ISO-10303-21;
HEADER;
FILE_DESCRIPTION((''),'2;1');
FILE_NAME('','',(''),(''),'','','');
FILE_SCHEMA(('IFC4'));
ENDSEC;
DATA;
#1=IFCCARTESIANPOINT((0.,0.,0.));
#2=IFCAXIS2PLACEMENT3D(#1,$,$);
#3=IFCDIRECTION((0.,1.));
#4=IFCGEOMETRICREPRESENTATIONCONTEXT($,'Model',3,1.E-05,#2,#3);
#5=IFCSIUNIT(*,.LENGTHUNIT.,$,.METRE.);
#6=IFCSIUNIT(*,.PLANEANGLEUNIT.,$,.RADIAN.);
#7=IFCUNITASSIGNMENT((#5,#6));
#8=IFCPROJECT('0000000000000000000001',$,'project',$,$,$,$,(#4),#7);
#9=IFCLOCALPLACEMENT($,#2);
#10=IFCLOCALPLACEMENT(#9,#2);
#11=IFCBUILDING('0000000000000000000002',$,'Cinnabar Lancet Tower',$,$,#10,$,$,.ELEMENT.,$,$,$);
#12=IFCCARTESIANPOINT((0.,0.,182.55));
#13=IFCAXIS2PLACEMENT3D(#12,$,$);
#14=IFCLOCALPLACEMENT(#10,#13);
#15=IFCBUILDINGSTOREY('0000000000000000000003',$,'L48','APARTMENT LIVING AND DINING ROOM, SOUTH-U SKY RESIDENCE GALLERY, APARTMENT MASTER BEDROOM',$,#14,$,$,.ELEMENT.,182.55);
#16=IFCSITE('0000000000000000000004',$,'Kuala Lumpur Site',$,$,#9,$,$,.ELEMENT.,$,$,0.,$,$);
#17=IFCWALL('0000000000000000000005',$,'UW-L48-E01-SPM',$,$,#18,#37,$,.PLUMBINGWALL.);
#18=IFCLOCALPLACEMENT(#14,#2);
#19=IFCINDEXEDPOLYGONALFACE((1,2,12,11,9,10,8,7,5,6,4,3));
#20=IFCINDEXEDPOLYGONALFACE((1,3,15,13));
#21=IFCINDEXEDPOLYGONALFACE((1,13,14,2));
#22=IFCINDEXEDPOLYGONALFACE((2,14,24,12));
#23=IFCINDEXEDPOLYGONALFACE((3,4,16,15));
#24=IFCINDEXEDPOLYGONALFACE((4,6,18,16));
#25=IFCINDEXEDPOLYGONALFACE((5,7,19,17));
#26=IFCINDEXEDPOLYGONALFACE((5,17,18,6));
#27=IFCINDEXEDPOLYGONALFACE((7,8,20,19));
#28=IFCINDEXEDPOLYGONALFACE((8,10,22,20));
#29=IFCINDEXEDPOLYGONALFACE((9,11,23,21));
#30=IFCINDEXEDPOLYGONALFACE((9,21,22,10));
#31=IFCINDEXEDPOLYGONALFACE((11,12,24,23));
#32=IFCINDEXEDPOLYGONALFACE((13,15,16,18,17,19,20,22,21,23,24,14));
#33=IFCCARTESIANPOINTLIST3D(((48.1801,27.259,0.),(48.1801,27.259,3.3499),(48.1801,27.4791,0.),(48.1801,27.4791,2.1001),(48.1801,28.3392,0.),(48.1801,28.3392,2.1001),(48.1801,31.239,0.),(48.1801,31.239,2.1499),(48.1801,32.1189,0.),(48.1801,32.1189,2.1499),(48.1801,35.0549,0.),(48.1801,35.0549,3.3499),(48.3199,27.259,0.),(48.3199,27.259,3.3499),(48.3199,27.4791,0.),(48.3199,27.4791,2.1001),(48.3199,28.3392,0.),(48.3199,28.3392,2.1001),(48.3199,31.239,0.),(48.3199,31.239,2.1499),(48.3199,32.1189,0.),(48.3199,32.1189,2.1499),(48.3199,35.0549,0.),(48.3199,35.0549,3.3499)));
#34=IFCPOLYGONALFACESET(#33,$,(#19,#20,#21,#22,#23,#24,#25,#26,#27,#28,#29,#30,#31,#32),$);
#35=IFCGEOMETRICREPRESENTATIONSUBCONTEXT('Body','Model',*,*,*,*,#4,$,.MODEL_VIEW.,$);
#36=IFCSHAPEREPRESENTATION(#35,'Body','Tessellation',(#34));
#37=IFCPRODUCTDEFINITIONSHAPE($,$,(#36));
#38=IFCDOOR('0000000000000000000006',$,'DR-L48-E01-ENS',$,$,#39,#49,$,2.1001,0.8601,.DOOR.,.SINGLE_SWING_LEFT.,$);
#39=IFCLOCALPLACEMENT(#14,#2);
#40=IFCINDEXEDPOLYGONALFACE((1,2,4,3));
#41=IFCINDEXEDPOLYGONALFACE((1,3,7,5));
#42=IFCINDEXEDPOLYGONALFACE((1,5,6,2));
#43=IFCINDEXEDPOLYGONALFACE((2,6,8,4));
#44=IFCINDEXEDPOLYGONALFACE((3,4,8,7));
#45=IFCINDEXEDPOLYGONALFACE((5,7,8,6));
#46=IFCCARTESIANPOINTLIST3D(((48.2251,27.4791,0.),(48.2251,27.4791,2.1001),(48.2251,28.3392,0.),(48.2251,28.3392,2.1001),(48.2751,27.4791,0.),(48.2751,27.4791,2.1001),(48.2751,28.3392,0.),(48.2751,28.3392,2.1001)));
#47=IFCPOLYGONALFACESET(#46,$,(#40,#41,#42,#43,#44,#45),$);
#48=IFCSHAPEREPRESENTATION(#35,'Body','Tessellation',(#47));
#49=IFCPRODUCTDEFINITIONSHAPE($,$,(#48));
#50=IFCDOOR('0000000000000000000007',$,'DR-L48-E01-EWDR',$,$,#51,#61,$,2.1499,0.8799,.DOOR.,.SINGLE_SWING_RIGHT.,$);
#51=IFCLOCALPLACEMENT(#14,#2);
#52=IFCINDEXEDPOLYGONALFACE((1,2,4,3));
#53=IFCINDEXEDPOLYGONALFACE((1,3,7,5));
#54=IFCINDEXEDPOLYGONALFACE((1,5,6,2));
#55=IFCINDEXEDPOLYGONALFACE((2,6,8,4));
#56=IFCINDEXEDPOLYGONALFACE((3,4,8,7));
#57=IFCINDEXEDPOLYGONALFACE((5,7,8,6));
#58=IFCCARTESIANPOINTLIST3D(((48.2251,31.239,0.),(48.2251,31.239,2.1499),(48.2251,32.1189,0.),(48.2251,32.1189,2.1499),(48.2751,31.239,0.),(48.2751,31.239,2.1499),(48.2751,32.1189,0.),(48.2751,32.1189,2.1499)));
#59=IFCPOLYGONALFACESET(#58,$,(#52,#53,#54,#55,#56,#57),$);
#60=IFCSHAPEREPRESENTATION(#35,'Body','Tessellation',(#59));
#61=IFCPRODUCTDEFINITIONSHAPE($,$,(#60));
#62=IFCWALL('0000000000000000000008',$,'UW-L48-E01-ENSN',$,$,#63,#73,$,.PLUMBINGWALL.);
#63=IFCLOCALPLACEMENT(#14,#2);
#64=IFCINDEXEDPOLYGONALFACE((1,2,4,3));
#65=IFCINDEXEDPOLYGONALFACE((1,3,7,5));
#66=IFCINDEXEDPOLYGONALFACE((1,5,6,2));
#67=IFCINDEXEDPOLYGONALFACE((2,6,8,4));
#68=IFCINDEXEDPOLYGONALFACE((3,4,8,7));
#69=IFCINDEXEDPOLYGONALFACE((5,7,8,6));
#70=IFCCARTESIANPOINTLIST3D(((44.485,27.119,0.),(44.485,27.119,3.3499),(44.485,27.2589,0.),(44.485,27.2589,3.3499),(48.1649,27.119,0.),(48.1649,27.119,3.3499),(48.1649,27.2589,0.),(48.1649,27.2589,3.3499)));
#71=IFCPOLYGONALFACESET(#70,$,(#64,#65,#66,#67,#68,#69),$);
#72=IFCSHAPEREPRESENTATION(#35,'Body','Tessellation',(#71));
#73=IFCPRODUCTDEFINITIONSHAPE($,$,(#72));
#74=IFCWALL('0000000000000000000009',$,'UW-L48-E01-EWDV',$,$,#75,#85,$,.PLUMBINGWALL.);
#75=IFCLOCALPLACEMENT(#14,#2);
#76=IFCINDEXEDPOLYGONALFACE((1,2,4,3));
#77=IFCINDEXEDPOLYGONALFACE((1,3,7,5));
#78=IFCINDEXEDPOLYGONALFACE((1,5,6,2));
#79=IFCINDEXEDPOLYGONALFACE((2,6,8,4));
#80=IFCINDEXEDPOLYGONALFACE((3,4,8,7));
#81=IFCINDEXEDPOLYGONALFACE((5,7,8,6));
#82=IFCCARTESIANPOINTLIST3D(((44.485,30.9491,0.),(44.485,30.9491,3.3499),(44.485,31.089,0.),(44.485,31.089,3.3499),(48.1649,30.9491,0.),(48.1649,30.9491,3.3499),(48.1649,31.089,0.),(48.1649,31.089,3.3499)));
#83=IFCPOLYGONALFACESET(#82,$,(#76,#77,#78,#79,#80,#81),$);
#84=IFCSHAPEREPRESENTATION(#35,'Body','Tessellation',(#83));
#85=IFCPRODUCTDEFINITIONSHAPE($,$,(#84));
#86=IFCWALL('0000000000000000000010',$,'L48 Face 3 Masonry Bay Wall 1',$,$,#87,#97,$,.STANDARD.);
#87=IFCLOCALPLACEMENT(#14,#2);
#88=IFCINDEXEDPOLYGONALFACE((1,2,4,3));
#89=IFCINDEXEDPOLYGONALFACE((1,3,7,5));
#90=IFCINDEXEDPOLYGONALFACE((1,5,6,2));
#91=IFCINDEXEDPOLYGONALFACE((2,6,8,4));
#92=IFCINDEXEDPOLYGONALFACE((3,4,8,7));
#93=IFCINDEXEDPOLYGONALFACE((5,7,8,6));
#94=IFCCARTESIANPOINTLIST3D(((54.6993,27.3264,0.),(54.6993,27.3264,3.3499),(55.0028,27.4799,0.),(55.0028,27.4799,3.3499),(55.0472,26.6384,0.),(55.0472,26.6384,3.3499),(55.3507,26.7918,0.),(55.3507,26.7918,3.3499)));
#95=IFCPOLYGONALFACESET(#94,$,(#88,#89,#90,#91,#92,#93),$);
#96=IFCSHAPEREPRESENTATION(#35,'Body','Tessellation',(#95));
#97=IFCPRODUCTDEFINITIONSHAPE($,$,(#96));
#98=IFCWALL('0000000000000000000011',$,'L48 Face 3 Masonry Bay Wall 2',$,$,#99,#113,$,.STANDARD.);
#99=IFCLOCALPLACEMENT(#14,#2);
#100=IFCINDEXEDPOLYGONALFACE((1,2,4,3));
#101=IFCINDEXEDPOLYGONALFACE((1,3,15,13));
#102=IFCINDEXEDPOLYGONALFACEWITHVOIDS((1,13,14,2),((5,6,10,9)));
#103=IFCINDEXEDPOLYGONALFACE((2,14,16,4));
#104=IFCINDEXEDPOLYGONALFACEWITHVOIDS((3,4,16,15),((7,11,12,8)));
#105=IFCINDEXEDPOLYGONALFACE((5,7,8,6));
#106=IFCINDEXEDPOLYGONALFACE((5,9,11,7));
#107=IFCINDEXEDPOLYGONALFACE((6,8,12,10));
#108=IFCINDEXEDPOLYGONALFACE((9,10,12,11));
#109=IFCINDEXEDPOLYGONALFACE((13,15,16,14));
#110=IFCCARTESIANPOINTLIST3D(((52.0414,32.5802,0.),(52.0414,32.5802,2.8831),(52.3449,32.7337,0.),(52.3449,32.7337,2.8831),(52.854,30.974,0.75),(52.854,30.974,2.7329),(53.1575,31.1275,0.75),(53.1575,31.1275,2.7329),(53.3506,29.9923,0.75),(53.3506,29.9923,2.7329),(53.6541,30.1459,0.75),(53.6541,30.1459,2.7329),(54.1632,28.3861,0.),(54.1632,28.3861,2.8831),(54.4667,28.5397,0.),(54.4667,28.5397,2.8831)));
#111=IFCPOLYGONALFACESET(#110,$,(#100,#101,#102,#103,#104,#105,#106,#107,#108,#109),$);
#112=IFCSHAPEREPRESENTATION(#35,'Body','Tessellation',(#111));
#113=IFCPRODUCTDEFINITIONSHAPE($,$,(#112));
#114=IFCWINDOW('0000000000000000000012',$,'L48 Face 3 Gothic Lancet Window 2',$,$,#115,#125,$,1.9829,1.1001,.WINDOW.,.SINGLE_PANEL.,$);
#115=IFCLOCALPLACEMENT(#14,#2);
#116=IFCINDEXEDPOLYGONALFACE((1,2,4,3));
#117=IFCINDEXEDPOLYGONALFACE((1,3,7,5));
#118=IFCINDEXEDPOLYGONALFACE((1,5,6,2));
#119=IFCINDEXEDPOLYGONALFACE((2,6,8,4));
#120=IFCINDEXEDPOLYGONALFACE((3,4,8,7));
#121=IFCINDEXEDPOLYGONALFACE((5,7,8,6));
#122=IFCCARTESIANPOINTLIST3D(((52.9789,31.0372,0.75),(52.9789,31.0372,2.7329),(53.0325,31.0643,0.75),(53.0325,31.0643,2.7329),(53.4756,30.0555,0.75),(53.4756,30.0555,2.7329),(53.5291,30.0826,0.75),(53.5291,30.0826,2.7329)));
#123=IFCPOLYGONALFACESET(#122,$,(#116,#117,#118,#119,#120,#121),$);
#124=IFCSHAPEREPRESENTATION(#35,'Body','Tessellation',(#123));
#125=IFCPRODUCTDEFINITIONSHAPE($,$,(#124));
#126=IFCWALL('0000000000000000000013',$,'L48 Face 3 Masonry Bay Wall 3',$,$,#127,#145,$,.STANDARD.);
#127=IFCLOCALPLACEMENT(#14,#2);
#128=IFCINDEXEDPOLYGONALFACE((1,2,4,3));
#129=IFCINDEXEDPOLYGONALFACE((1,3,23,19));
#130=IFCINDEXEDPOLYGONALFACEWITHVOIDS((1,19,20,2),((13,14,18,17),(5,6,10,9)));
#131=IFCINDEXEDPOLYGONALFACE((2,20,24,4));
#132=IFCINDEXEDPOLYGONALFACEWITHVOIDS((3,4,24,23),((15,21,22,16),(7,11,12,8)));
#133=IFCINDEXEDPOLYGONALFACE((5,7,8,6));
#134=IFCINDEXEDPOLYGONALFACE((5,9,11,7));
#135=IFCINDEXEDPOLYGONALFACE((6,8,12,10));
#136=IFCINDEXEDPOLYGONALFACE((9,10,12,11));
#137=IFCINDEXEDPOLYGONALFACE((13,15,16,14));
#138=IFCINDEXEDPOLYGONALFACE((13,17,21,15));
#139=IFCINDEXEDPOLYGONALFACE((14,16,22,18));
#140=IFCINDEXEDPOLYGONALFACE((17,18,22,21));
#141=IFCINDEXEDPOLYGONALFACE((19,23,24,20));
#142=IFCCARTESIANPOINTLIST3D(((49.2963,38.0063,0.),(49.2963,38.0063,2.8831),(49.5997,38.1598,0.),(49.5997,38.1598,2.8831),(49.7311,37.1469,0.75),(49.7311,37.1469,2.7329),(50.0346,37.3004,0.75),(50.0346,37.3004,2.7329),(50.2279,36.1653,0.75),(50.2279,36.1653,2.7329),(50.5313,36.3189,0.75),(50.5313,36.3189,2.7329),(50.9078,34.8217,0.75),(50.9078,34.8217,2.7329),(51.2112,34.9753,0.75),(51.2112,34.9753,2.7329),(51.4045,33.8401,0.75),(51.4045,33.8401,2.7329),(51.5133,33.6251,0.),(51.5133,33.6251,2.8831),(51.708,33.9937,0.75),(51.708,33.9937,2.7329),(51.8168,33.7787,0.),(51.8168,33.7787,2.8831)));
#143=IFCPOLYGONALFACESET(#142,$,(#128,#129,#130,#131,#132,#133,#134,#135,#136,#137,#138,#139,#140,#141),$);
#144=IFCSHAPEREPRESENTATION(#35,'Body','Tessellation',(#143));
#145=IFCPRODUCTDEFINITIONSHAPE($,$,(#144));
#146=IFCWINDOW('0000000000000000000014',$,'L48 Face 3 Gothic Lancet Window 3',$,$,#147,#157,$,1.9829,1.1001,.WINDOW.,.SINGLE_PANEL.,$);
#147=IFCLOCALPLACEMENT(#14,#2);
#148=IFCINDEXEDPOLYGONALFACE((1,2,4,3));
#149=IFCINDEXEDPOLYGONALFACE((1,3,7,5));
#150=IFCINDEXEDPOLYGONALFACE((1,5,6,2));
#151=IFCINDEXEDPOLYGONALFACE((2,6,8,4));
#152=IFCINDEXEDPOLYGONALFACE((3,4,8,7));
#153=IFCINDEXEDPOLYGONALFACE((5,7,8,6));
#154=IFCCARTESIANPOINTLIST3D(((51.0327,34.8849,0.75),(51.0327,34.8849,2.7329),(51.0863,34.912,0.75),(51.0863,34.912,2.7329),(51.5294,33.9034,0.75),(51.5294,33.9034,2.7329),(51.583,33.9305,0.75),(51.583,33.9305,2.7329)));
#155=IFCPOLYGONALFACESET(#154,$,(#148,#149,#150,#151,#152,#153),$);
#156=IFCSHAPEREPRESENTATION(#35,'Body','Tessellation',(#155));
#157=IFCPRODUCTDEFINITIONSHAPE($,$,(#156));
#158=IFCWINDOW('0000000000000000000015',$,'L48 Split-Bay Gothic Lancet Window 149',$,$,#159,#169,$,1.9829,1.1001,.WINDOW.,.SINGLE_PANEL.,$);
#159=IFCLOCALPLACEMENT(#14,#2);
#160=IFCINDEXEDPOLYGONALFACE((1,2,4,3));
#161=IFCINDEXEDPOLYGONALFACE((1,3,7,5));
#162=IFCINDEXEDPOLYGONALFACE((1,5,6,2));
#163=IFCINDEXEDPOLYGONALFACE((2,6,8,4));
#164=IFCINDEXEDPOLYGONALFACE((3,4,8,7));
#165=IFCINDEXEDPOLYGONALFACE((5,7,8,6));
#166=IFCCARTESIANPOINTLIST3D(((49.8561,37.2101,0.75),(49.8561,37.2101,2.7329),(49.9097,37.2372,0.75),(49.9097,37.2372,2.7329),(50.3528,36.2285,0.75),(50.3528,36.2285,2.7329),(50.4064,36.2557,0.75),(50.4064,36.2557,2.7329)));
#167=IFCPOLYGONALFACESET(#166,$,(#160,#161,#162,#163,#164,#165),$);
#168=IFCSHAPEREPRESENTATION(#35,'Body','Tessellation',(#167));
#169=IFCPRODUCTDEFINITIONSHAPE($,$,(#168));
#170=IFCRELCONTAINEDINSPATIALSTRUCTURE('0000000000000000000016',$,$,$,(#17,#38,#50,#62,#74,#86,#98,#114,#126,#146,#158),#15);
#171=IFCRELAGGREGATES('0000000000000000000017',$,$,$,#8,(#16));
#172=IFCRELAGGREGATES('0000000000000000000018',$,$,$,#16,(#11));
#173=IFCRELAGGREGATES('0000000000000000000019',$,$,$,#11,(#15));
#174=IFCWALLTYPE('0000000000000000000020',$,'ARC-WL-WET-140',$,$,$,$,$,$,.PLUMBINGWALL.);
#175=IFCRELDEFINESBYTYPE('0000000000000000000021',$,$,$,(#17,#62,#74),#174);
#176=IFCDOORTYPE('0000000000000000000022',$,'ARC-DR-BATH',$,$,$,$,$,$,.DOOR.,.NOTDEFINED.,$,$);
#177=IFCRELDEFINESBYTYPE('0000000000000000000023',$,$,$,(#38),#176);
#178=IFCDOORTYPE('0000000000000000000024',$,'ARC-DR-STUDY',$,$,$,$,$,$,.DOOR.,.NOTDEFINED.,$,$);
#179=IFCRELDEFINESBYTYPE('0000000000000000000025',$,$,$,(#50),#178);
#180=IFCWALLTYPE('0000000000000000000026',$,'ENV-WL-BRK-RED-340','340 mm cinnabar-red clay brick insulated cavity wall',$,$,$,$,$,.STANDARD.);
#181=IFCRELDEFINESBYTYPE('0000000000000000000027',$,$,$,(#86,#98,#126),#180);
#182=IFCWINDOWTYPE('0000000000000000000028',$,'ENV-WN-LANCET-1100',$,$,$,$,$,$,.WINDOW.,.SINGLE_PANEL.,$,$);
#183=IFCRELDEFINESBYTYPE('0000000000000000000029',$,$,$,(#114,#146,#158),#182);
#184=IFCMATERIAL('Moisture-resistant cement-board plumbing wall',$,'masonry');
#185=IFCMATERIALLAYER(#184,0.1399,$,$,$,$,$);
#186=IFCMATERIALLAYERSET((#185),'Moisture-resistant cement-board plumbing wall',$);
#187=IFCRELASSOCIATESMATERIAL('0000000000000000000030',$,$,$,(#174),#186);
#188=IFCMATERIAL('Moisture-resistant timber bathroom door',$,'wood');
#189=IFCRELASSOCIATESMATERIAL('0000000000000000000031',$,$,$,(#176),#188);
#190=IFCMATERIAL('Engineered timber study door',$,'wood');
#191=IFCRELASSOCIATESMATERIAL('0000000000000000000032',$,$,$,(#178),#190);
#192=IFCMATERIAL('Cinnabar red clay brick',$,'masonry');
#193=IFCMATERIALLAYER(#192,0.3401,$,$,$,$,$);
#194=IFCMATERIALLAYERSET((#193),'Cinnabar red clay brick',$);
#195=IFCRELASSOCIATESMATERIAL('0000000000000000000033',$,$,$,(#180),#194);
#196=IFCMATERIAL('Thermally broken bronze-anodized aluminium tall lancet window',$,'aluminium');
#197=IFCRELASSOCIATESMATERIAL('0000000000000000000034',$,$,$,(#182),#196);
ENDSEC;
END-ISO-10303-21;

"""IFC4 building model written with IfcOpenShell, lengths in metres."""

from ifc_helpers import new_model, si_unit, direction, frame, frame_2d, origin, place, context, subcontext, project, spatial, rectangle, extrude, material, layer, layer_set, type_object, element, fill, save


model = new_model("IFC4")

# Units and contexts
model_context = context("Model", 3, precision=1e-05, world=origin(), true_north=direction((0.0, 1.0)))
body_context = subcontext(model_context, "Body", "Model", "MODEL_VIEW")
ifc_project = project(units=[si_unit("LENGTHUNIT", "METRE"), si_unit("PLANEANGLEUNIT", "RADIAN")], contexts=[model_context])

# Site, building, storey
site_placement = place(None, origin())
site = spatial("IfcSite", under=ifc_project, at=site_placement, Name="Kuala Lumpur Site", CompositionType="ELEMENT", RefElevation=0.0)
building_placement = place(site_placement, origin())
building = spatial("IfcBuilding", under=site, at=building_placement, Name="Cinnabar Lancet Tower", CompositionType="ELEMENT")
storey_placement = place(building_placement, frame((0.0, 0.0, 182.55)))
storey = spatial("IfcBuildingStorey", under=building, at=storey_placement, Name="L48", Description="APARTMENT LIVING AND DINING ROOM, SOUTH-U SKY RESIDENCE GALLERY, APARTMENT MASTER BEDROOM", CompositionType="ELEMENT", Elevation=182.55)

# Wall, openings, doors
ifc_material_1 = material(Name="Moisture-resistant cement-board plumbing wall", Category="masonry")
ifc_layer_1 = layer(ifc_material_1, 0.1399)
ifc_layer_set_1 = layer_set([ifc_layer_1], Name="Moisture-resistant cement-board plumbing wall")
wall_type_1 = type_object("IfcWallType", Name="ARC-WL-WET-140", PredefinedType="PLUMBINGWALL", material=ifc_layer_set_1)
wall_1_placement = place(storey_placement, frame((48.25, 27.259, 0.0), z_axis=(0.0, 0.0, 1.0), x_axis=(0.0, 1.0, 0.0)))
wall_1 = element("IfcWall", 1, at=wall_1_placement, inside=storey, type_object=wall_type_1, Name="UW-L48-E01-SPM", PredefinedType="PLUMBINGWALL", context=body_context, shape_type="SweptSolid", body=[
    extrude(rectangle(XDim=7.7959, YDim=0.1399, at=frame_2d((3.8979, 0.0))), origin(), (0.0, 0.0, 1.0), 3.3499),
])
opening_1_placement = place(wall_1_placement, frame((0.22, 0.0, 0.0)))
opening_1 = element("IfcOpeningElement", 2, at=opening_1_placement, cuts=wall_1, PredefinedType="OPENING", context=body_context, shape_type="SweptSolid", body=[
    extrude(rectangle(XDim=0.8601, YDim=2.1001, at=frame_2d((0.4302, 1.05))), frame((0.0, 0.0798, 0.0), z_axis=(0.0, -1.0, 0.0), x_axis=(1.0, 0.0, 0.0)), (0.0, 0.0, 1.0), 0.1599),
])
opening_2_placement = place(wall_1_placement, frame((3.98, 0.0, 0.0)))
opening_2 = element("IfcOpeningElement", 3, at=opening_2_placement, cuts=wall_1, PredefinedType="OPENING", context=body_context, shape_type="SweptSolid", body=[
    extrude(rectangle(XDim=0.8799, YDim=2.1499, at=frame_2d((0.4399, 1.075))), frame((0.0, 0.0798, 0.0), z_axis=(0.0, -1.0, 0.0), x_axis=(1.0, 0.0, 0.0)), (0.0, 0.0, 1.0), 0.1599),
])
ifc_material_2 = material(Name="Moisture-resistant timber bathroom door", Category="wood")
door_type_1 = type_object("IfcDoorType", Name="ARC-DR-BATH", OperationType="NOTDEFINED", PredefinedType="DOOR", material=ifc_material_2)
door_1_placement = place(opening_1_placement, origin())
door_1 = element("IfcDoor", 4, at=door_1_placement, inside=storey, type_object=door_type_1, Name="DR-L48-E01-ENS", OperationType="SINGLE_SWING_LEFT", OverallHeight=2.1001, OverallWidth=0.8601, PredefinedType="DOOR", context=body_context, shape_type="SweptSolid", body=[
    extrude(rectangle(XDim=0.8601, YDim=2.1001, at=frame_2d((0.4302, 1.05))), frame((0.0, 0.0249, 0.0), z_axis=(0.0, -1.0, 0.0), x_axis=(1.0, 0.0, 0.0)), (0.0, 0.0, 1.0), 0.05),
])
fill(opening_1, door_1)
ifc_material_3 = material(Name="Engineered timber study door", Category="wood")
door_type_2 = type_object("IfcDoorType", Name="ARC-DR-STUDY", OperationType="NOTDEFINED", PredefinedType="DOOR", material=ifc_material_3)
door_2_placement = place(opening_2_placement, origin())
door_2 = element("IfcDoor", 5, at=door_2_placement, inside=storey, type_object=door_type_2, Name="DR-L48-E01-EWDR", OperationType="SINGLE_SWING_RIGHT", OverallHeight=2.1499, OverallWidth=0.8799, PredefinedType="DOOR", context=body_context, shape_type="SweptSolid", body=[
    extrude(rectangle(XDim=0.8799, YDim=2.1499, at=frame_2d((0.4399, 1.075))), frame((0.0, 0.0249, 0.0), z_axis=(0.0, -1.0, 0.0), x_axis=(1.0, 0.0, 0.0)), (0.0, 0.0, 1.0), 0.05),
])
fill(opening_2, door_2)

# Walls
for number, where, z_axis, x_axis, name in (
    (6, (44.4851, 27.189, 0.0), (0.0, 0.0, 1.0), (1.0, 0.0, 0.0), "UW-L48-E01-ENSN"),
    (7, (44.4851, 31.019, 0.0), (0.0, 0.0, 1.0), (1.0, 0.0, 0.0), "UW-L48-E01-EWDV"),
):
    element("IfcWall", number, at=place(storey_placement, frame(where, z_axis=z_axis, x_axis=x_axis)), inside=storey, type_object=wall_type_1, Name=name, PredefinedType="PLUMBINGWALL", context=body_context, shape_type="SweptSolid", body=[
        extrude(rectangle(XDim=3.6799, YDim=0.1399, at=frame_2d((1.8398, 0.0))), origin(), (0.0, 0.0, 1.0), 3.3499),
    ])
ifc_material_4 = material(Name="Cinnabar red clay brick", Category="masonry")
ifc_layer_2 = layer(ifc_material_4, 0.3401)
ifc_layer_set_2 = layer_set([ifc_layer_2], Name="Cinnabar red clay brick")
wall_type_2 = type_object("IfcWallType", Name="ENV-WL-BRK-RED-340", Description="340 mm cinnabar-red clay brick insulated cavity wall", PredefinedType="STANDARD", material=ifc_layer_set_2)
wall_2_placement = place(storey_placement, frame((55.199, 26.7151, 0.0), z_axis=(0.0, 0.0, 1.0), x_axis=(-0.451262, 0.892391, 0.0)))
element("IfcWall", 8, at=wall_2_placement, inside=storey, type_object=wall_type_2, Name="L48 Face 3 Masonry Bay Wall 1", PredefinedType="STANDARD", context=body_context, shape_type="SweptSolid", body=[
    extrude(rectangle(XDim=0.771, YDim=0.3401, at=frame_2d((0.3855, 0.0))), origin(), (0.0, 0.0, 1.0), 3.3499),
])

# Wall, opening, window
wall_3_placement = place(storey_placement, frame((54.3149, 28.4629, 0.0), z_axis=(0.0, 0.0, 1.0), x_axis=(-0.451426, 0.892308, 0.0)))
wall_3 = element("IfcWall", 9, at=wall_3_placement, inside=storey, type_object=wall_type_2, Name="L48 Face 3 Masonry Bay Wall 2", PredefinedType="STANDARD", context=body_context, shape_type="SweptSolid", body=[
    extrude(rectangle(XDim=4.7002, YDim=0.3401, at=frame_2d((2.3501, 0.0))), origin(), (0.0, 0.0, 1.0), 2.8831),
])
opening_3_placement = place(wall_3_placement, frame((1.8, 0.0, 0.75)))
opening_3 = element("IfcOpeningElement", 10, at=opening_3_placement, cuts=wall_3, PredefinedType="OPENING", context=body_context, shape_type="SweptSolid", body=[
    extrude(rectangle(XDim=1.1001, YDim=1.9829, at=frame_2d((0.55, 0.9915))), frame((0.0, 0.1799, 0.0), z_axis=(0.0, -1.0, 0.0), x_axis=(1.0, 0.0, 0.0)), (0.0, 0.0, 1.0), 0.3601),
])
ifc_material_5 = material(Name="Thermally broken bronze-anodized aluminium tall lancet window", Category="aluminium")
window_type = type_object("IfcWindowType", Name="ENV-WN-LANCET-1100", PartitioningType="SINGLE_PANEL", PredefinedType="WINDOW", material=ifc_material_5)
window_1_placement = place(opening_3_placement, origin())
window_1 = element("IfcWindow", 11, at=window_1_placement, inside=storey, type_object=window_type, Name="L48 Face 3 Gothic Lancet Window 2", OverallHeight=1.9829, OverallWidth=1.1001, PartitioningType="SINGLE_PANEL", PredefinedType="WINDOW", context=body_context, shape_type="SweptSolid", body=[
    extrude(rectangle(XDim=1.1001, YDim=1.9829, at=frame_2d((0.55, 0.9915))), frame((0.0, 0.03, 0.0), z_axis=(0.0, -1.0, 0.0), x_axis=(1.0, 0.0, 0.0)), (0.0, 0.0, 1.0), 0.0601),
])
fill(opening_3, window_1)

# Wall, openings, windows
wall_4_placement = place(storey_placement, frame((51.665, 33.7019, 0.0), z_axis=(0.0, 0.0, 1.0), x_axis=(-0.451524, 0.892259, 0.0)))
wall_4 = element("IfcWall", 12, at=wall_4_placement, inside=storey, type_object=wall_type_2, Name="L48 Face 3 Masonry Bay Wall 3", PredefinedType="STANDARD", context=body_context, shape_type="SweptSolid", body=[
    extrude(rectangle(XDim=4.9102, YDim=0.3401, at=frame_2d((2.4551, 0.0))), origin(), (0.0, 0.0, 1.0), 2.8831),
])
opening_4_placement = place(wall_4_placement, frame((0.241, 0.0, 0.75)))
opening_4 = element("IfcOpeningElement", 13, at=opening_4_placement, cuts=wall_4, PredefinedType="OPENING", context=body_context, shape_type="SweptSolid", body=[
    extrude(rectangle(XDim=1.1001, YDim=1.9829, at=frame_2d((0.55, 0.9915))), frame((0.0, 0.1799, 0.0), z_axis=(0.0, -1.0, 0.0), x_axis=(1.0, 0.0, 0.0)), (0.0, 0.0, 1.0), 0.3601),
])
opening_5_placement = place(wall_4_placement, frame((2.8469, 0.0, 0.75)))
opening_5 = element("IfcOpeningElement", 14, at=opening_5_placement, cuts=wall_4, PredefinedType="OPENING", context=body_context, shape_type="SweptSolid", body=[
    extrude(rectangle(XDim=1.1001, YDim=1.9829, at=frame_2d((0.55, 0.9915))), frame((0.0, 0.1799, 0.0), z_axis=(0.0, -1.0, 0.0), x_axis=(1.0, 0.0, 0.0)), (0.0, 0.0, 1.0), 0.3601),
])
window_2_placement = place(opening_4_placement, origin())
window_2 = element("IfcWindow", 15, at=window_2_placement, inside=storey, type_object=window_type, Name="L48 Face 3 Gothic Lancet Window 3", OverallHeight=1.9829, OverallWidth=1.1001, PartitioningType="SINGLE_PANEL", PredefinedType="WINDOW", context=body_context, shape_type="SweptSolid", body=[
    extrude(rectangle(XDim=1.1001, YDim=1.9829, at=frame_2d((0.55, 0.9915))), frame((0.0, 0.03, 0.0), z_axis=(0.0, -1.0, 0.0), x_axis=(1.0, 0.0, 0.0)), (0.0, 0.0, 1.0), 0.0601),
])
fill(opening_4, window_2)
window_3_placement = place(opening_5_placement, origin())
window_3 = element("IfcWindow", 16, at=window_3_placement, inside=storey, type_object=window_type, Name="L48 Split-Bay Gothic Lancet Window 149", OverallHeight=1.9829, OverallWidth=1.1001, PartitioningType="SINGLE_PANEL", PredefinedType="WINDOW", context=body_context, shape_type="SweptSolid", body=[
    extrude(rectangle(XDim=1.1001, YDim=1.9829, at=frame_2d((0.55, 0.9915))), frame((0.0, 0.03, 0.0), z_axis=(0.0, -1.0, 0.0), x_axis=(1.0, 0.0, 0.0)), (0.0, 0.0, 1.0), 0.0601),
])
fill(opening_5, window_3)

save(model, "model.ifc")
